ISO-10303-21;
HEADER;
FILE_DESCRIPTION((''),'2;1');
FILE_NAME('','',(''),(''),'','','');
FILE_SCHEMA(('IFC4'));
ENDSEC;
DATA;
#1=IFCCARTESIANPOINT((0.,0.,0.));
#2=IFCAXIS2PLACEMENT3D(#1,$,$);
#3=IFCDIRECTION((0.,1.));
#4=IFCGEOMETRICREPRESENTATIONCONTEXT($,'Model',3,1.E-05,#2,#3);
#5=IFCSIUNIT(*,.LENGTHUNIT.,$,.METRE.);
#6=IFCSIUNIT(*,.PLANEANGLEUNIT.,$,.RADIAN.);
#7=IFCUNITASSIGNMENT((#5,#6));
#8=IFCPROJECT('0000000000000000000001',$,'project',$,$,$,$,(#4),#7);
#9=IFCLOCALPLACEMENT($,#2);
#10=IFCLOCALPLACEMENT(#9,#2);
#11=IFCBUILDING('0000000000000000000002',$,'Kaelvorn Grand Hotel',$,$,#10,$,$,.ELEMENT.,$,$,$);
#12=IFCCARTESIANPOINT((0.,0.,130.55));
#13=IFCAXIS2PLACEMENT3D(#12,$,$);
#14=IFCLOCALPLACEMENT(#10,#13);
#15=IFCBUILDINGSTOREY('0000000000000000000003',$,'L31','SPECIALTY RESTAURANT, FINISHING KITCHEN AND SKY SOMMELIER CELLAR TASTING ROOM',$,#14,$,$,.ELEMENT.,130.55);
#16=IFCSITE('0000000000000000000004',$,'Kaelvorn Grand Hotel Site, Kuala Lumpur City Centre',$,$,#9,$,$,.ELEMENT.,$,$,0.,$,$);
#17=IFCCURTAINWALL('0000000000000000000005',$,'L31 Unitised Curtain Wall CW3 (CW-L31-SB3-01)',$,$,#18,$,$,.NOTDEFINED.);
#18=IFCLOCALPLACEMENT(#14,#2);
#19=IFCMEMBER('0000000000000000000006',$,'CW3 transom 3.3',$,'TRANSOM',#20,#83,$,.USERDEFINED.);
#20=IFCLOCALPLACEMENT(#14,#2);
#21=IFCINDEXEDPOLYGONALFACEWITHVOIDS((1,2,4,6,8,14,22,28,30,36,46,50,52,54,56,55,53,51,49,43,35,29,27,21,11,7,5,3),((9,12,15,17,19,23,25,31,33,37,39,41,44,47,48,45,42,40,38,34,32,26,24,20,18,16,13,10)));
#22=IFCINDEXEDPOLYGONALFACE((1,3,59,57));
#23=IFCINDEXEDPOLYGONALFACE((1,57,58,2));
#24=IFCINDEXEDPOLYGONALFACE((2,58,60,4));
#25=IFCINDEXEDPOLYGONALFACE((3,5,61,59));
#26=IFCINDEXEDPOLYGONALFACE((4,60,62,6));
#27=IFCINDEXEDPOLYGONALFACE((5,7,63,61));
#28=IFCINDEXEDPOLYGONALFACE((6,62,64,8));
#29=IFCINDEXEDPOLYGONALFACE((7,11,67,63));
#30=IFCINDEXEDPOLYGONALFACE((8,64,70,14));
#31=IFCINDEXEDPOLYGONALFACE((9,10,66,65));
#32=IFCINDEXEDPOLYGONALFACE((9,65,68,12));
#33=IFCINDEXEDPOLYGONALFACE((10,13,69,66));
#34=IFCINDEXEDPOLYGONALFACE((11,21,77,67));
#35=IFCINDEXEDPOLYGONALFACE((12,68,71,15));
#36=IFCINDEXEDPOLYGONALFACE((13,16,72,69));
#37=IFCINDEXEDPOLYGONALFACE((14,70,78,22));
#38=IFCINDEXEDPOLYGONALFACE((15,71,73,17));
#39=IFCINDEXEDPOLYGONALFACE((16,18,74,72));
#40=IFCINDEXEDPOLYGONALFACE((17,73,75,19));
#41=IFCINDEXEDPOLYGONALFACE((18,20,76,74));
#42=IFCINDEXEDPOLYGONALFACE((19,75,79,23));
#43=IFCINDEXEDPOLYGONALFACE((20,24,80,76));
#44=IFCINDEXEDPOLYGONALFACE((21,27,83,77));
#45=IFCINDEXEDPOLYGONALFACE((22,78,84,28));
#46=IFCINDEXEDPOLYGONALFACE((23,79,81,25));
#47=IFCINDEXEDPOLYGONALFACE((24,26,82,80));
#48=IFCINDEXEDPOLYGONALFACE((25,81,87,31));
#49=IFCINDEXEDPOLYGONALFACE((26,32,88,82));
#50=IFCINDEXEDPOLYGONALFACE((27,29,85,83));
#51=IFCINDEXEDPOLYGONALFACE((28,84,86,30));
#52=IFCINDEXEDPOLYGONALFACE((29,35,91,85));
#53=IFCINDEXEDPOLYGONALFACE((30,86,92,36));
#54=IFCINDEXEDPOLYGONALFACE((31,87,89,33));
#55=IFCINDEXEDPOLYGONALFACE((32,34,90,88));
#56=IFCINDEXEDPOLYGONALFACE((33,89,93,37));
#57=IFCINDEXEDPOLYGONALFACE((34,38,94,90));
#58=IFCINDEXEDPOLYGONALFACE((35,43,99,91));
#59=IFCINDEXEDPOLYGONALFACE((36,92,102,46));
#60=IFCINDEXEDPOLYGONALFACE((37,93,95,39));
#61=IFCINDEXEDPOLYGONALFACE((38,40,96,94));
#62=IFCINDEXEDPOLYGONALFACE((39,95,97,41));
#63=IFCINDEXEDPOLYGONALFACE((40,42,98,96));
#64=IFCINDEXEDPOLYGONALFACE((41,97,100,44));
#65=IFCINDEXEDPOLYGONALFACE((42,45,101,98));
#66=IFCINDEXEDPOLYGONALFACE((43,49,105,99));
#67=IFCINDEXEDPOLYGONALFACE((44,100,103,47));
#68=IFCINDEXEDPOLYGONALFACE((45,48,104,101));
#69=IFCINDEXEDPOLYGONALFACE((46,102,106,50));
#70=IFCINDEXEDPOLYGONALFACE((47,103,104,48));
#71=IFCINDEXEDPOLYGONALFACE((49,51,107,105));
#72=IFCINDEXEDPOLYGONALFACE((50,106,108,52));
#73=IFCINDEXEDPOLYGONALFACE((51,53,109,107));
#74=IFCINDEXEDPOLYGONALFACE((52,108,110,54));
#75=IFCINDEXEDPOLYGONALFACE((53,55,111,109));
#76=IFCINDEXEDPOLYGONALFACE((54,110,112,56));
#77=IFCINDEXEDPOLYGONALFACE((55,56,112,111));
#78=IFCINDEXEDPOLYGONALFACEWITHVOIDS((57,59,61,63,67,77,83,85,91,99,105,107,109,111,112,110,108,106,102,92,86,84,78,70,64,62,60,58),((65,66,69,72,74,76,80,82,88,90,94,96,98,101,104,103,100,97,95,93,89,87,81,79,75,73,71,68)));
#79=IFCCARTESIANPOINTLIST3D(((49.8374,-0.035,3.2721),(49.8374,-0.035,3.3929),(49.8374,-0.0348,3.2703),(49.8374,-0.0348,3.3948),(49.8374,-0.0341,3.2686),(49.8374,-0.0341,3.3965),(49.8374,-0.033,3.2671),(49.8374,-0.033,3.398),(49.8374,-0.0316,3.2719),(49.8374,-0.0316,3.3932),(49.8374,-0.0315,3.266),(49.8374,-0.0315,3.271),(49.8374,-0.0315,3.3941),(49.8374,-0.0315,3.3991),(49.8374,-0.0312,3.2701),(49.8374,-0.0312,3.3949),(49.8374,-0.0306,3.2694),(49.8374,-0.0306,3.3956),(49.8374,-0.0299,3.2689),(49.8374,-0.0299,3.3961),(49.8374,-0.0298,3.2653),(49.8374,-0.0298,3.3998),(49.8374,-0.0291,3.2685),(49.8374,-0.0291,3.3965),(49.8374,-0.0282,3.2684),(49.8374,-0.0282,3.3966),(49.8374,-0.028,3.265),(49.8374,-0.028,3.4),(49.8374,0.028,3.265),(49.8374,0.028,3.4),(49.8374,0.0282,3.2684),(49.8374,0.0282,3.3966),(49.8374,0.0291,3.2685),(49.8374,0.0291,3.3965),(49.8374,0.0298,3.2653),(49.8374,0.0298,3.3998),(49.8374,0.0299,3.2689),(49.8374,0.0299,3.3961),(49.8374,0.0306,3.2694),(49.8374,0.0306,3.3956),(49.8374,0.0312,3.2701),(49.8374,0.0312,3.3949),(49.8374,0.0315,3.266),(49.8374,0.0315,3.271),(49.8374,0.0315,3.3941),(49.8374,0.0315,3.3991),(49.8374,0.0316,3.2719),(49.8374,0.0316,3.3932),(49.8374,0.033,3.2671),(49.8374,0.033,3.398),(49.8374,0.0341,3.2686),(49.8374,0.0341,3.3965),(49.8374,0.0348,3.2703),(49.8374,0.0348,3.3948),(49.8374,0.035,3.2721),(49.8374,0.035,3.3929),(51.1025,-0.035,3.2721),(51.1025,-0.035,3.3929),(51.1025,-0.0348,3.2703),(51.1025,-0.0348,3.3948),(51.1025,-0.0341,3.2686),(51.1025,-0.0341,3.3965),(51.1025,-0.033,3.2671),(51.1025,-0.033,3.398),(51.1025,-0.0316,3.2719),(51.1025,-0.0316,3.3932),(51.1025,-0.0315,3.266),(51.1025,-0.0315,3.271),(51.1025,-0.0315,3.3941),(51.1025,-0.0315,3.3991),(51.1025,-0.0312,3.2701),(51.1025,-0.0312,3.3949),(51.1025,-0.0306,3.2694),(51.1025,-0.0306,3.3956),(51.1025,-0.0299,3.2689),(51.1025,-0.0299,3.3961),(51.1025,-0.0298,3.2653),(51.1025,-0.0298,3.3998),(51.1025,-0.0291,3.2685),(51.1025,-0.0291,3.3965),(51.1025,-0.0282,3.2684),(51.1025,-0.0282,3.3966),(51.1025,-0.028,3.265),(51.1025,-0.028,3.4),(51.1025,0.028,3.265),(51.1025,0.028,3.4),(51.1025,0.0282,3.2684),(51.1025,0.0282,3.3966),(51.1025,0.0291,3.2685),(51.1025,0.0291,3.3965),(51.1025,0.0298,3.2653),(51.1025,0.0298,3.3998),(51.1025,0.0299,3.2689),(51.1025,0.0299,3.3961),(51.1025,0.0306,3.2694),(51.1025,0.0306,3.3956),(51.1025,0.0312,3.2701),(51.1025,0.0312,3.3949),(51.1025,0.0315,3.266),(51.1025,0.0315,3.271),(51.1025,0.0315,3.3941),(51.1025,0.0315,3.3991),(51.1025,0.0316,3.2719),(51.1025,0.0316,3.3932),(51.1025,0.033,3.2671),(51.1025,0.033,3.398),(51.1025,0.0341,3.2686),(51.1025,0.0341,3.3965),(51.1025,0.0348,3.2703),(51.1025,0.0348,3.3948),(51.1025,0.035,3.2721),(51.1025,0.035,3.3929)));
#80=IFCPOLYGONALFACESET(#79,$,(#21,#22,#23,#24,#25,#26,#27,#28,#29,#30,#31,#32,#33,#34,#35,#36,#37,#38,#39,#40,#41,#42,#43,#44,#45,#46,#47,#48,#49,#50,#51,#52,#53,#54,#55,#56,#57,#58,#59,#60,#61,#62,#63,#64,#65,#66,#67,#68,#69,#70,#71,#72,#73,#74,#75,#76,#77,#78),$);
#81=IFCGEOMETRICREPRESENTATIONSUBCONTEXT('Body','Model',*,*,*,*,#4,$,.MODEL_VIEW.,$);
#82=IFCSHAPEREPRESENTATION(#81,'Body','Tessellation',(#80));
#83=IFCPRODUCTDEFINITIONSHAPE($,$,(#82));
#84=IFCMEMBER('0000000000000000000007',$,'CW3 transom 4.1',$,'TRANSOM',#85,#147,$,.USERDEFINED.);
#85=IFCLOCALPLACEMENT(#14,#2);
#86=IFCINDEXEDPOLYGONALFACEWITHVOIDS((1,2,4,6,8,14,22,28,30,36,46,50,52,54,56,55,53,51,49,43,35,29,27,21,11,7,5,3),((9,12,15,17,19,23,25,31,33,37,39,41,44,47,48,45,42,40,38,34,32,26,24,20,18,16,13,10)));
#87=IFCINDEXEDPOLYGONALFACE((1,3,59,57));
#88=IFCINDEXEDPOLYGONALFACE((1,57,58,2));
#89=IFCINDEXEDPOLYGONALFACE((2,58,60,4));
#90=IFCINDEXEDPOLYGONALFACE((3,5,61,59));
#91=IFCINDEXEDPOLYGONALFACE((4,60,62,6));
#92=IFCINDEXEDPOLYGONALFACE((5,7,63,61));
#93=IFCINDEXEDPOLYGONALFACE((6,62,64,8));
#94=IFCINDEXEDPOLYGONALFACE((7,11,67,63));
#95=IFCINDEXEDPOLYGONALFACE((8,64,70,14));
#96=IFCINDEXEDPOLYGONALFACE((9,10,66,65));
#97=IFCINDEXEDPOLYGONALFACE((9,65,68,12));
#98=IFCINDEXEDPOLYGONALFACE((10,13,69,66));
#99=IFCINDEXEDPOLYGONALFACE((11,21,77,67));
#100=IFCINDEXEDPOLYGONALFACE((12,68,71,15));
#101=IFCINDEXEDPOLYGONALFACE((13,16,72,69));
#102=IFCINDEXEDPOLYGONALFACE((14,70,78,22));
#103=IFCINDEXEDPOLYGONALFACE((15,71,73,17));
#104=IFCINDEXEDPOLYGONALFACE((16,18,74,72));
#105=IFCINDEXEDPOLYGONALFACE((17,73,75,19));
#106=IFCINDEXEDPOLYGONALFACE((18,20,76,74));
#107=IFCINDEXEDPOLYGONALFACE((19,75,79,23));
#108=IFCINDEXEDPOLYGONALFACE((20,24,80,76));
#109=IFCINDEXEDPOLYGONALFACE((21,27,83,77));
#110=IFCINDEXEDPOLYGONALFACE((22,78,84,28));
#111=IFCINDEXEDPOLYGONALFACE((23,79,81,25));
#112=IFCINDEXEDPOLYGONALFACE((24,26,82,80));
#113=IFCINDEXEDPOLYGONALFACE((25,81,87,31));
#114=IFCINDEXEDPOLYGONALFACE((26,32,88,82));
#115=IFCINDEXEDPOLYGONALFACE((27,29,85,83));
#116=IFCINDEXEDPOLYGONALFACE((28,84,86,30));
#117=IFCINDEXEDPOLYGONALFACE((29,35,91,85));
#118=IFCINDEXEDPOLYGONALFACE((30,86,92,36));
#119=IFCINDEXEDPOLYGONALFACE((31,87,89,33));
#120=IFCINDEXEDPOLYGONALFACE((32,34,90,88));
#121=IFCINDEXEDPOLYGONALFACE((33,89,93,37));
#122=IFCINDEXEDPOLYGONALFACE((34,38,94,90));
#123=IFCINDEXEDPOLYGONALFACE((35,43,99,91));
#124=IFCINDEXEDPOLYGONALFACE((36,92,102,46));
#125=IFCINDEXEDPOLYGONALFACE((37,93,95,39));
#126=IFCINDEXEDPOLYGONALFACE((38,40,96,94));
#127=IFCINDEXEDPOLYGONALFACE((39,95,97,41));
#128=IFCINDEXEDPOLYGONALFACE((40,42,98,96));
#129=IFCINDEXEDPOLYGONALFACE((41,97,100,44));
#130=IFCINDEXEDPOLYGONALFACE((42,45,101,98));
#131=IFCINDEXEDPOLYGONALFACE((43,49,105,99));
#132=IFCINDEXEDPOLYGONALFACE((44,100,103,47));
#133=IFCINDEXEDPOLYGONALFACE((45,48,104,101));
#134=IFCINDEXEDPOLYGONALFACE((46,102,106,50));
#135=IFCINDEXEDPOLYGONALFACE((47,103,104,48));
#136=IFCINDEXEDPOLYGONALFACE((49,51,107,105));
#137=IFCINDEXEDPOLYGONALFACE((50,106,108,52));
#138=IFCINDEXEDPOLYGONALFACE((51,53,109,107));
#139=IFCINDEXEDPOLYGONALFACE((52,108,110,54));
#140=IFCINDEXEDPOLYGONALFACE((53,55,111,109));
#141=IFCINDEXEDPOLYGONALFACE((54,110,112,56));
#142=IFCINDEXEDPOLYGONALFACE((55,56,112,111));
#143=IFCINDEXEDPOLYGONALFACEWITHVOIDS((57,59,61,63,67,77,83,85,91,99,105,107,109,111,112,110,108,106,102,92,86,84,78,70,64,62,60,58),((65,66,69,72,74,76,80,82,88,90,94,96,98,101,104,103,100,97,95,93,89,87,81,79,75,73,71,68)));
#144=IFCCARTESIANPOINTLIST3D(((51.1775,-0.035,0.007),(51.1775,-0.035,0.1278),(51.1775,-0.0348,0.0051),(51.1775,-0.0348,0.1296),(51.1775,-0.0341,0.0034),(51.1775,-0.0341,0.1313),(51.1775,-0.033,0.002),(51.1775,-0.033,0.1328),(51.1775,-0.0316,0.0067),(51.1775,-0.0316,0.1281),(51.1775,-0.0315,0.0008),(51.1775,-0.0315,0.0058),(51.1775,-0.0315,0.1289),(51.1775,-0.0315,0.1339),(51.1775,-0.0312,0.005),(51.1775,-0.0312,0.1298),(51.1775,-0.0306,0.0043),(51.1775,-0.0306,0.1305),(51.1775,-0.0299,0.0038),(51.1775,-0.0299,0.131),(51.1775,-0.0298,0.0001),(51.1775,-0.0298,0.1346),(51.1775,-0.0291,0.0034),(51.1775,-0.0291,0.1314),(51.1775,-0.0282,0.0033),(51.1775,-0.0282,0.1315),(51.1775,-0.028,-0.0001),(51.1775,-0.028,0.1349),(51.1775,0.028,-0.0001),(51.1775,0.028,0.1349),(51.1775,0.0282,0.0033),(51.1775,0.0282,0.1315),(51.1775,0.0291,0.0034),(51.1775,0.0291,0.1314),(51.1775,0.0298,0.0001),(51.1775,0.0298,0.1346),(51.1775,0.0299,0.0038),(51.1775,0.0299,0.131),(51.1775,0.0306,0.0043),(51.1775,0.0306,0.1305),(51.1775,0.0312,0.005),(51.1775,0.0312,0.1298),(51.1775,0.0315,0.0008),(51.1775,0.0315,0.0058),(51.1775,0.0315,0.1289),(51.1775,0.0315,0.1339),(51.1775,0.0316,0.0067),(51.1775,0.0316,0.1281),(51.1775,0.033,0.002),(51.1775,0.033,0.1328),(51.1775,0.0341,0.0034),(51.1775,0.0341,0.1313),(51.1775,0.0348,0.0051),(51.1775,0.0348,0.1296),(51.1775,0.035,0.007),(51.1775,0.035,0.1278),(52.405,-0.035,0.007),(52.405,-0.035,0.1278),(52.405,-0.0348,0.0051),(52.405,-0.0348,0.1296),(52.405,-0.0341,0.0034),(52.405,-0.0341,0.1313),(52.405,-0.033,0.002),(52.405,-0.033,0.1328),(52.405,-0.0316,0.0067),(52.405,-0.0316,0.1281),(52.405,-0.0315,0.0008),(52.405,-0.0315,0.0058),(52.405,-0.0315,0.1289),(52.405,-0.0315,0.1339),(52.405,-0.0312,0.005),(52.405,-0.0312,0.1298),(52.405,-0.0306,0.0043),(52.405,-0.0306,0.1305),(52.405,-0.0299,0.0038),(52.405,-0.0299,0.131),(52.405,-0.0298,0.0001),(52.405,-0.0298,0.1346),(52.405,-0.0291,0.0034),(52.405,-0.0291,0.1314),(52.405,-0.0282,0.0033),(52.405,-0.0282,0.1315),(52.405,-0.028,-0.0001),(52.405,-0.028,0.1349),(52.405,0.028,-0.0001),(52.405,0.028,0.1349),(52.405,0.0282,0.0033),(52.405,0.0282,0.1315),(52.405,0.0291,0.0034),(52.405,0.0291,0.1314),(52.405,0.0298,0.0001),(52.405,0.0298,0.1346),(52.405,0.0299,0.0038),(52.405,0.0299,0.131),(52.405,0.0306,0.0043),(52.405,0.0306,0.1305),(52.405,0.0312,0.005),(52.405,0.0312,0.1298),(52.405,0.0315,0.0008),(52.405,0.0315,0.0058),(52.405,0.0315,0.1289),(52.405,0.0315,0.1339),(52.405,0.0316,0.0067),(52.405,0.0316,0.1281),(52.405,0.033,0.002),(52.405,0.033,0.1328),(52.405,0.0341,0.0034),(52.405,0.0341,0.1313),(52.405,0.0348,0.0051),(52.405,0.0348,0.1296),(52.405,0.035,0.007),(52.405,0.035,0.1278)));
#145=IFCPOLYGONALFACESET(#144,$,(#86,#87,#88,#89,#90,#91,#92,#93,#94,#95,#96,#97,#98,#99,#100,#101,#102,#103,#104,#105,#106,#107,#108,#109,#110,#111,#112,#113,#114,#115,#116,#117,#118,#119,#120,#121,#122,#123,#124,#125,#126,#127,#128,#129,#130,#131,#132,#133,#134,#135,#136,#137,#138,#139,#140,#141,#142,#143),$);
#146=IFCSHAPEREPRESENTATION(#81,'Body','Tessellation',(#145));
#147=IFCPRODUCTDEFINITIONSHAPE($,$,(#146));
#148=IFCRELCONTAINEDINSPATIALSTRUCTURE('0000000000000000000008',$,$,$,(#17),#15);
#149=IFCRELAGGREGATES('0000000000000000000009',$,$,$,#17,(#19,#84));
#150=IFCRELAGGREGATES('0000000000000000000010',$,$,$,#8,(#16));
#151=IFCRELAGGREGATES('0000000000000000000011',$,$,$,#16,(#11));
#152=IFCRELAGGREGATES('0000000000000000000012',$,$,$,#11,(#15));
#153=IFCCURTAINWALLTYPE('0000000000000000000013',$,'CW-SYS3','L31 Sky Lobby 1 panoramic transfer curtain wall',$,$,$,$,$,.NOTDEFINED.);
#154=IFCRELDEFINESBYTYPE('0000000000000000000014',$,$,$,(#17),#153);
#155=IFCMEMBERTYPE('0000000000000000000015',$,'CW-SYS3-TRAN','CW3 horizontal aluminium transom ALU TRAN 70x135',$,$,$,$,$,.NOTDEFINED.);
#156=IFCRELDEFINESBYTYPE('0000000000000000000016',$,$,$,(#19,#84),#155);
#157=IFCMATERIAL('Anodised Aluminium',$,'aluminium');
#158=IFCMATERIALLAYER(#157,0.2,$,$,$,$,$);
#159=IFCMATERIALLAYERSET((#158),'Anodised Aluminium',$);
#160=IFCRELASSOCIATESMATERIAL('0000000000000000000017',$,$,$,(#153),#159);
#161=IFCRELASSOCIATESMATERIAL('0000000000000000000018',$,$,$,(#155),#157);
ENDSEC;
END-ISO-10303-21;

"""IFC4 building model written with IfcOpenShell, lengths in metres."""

from ifc_helpers import new_model, si_unit, direction, frame, origin, origin_2d, place, context, subcontext, project, spatial, hollow_rectangle, extrude, material, layer, layer_set, material_profile, profile_set, type_object, element, aggregate, save


model = new_model("IFC4")

# Units and contexts
model_context = context("Model", 3, precision=1e-05, world=origin(), true_north=direction((0.0, 1.0)))
body_context = subcontext(model_context, "Body", "Model", "MODEL_VIEW")
ifc_project = project(units=[si_unit("LENGTHUNIT", "METRE"), si_unit("PLANEANGLEUNIT", "RADIAN")], contexts=[model_context])

# Site, building, storey
site_placement = place(None, origin())
site = spatial("IfcSite", under=ifc_project, at=site_placement, Name="Kaelvorn Grand Hotel Site, Kuala Lumpur City Centre", CompositionType="ELEMENT", RefElevation=0.0)
building_placement = place(site_placement, origin())
building = spatial("IfcBuilding", under=site, at=building_placement, Name="Kaelvorn Grand Hotel", CompositionType="ELEMENT")
storey_placement = place(building_placement, frame((0.0, 0.0, 130.55)))
storey = spatial("IfcBuildingStorey", under=building, at=storey_placement, Name="L31", Description="SPECIALTY RESTAURANT, FINISHING KITCHEN AND SKY SOMMELIER CELLAR TASTING ROOM", CompositionType="ELEMENT", Elevation=130.55)

# Curtain wall, members
ifc_material_1 = material(Name="Anodised Aluminium", Category="aluminium")
ifc_layer_1 = layer(ifc_material_1, 0.2)
ifc_layer_set_1 = layer_set([ifc_layer_1], Name="Anodised Aluminium")
curtain_wall_type = type_object("IfcCurtainWallType", Name="CW-SYS3", Description="L31 Sky Lobby 1 panoramic transfer curtain wall", PredefinedType="NOTDEFINED", material=ifc_layer_set_1)
curtain_wall_placement = place(storey_placement, origin())
curtain_wall = element("IfcCurtainWall", 1, at=curtain_wall_placement, inside=storey, type_object=curtain_wall_type, Name="L31 Unitised Curtain Wall CW3 (CW-L31-SB3-01)", PredefinedType="NOTDEFINED")
ifc_material_profile_1 = material_profile(ifc_material_1, hollow_rectangle(XDim=0.0701, YDim=0.135, WallThickness=0.0034, InnerFilletRadius=0.0034, OuterFilletRadius=0.0071, at=origin_2d()), Name="ALU TRAN 70x135")
ifc_profile_set_1 = profile_set([ifc_material_profile_1], Name="Anodised Aluminium")
member_type_1 = type_object("IfcMemberType", Name="CW-SYS3-TRAN", Description="CW3 horizontal aluminium transom ALU TRAN 70x135", PredefinedType="NOTDEFINED", material=ifc_profile_set_1)
member_1_placement = place(storey_placement, frame((49.8374, 0.0, 3.3325), z_axis=(1.0, 0.0, 0.0), x_axis=(0.0, 1.0, 0.0)))
member_1 = element("IfcMember", 2, at=member_1_placement, type_object=member_type_1, Name="CW3 transom 3.3", ObjectType="TRANSOM", PredefinedType="USERDEFINED", context=body_context, shape_type="SweptSolid", body=[
    extrude(hollow_rectangle(XDim=0.0701, YDim=0.135, WallThickness=0.0034, InnerFilletRadius=0.0034, OuterFilletRadius=0.0071, at=origin_2d()), origin(), (0.0, 0.0, 1.0), 1.2651),
])
member_2_placement = place(storey_placement, frame((51.1775, 0.0, 0.0674), z_axis=(1.0, 0.0, 0.0), x_axis=(0.0, 1.0, 0.0)))
member_2 = element("IfcMember", 3, at=member_2_placement, type_object=member_type_1, Name="CW3 transom 4.1", ObjectType="TRANSOM", PredefinedType="USERDEFINED", context=body_context, shape_type="SweptSolid", body=[
    extrude(hollow_rectangle(XDim=0.0701, YDim=0.135, WallThickness=0.0034, InnerFilletRadius=0.0034, OuterFilletRadius=0.0071, at=origin_2d()), origin(), (0.0, 0.0, 1.0), 1.2275),
])
aggregate(curtain_wall, [member_1, member_2])

save(model, "model.ifc")
